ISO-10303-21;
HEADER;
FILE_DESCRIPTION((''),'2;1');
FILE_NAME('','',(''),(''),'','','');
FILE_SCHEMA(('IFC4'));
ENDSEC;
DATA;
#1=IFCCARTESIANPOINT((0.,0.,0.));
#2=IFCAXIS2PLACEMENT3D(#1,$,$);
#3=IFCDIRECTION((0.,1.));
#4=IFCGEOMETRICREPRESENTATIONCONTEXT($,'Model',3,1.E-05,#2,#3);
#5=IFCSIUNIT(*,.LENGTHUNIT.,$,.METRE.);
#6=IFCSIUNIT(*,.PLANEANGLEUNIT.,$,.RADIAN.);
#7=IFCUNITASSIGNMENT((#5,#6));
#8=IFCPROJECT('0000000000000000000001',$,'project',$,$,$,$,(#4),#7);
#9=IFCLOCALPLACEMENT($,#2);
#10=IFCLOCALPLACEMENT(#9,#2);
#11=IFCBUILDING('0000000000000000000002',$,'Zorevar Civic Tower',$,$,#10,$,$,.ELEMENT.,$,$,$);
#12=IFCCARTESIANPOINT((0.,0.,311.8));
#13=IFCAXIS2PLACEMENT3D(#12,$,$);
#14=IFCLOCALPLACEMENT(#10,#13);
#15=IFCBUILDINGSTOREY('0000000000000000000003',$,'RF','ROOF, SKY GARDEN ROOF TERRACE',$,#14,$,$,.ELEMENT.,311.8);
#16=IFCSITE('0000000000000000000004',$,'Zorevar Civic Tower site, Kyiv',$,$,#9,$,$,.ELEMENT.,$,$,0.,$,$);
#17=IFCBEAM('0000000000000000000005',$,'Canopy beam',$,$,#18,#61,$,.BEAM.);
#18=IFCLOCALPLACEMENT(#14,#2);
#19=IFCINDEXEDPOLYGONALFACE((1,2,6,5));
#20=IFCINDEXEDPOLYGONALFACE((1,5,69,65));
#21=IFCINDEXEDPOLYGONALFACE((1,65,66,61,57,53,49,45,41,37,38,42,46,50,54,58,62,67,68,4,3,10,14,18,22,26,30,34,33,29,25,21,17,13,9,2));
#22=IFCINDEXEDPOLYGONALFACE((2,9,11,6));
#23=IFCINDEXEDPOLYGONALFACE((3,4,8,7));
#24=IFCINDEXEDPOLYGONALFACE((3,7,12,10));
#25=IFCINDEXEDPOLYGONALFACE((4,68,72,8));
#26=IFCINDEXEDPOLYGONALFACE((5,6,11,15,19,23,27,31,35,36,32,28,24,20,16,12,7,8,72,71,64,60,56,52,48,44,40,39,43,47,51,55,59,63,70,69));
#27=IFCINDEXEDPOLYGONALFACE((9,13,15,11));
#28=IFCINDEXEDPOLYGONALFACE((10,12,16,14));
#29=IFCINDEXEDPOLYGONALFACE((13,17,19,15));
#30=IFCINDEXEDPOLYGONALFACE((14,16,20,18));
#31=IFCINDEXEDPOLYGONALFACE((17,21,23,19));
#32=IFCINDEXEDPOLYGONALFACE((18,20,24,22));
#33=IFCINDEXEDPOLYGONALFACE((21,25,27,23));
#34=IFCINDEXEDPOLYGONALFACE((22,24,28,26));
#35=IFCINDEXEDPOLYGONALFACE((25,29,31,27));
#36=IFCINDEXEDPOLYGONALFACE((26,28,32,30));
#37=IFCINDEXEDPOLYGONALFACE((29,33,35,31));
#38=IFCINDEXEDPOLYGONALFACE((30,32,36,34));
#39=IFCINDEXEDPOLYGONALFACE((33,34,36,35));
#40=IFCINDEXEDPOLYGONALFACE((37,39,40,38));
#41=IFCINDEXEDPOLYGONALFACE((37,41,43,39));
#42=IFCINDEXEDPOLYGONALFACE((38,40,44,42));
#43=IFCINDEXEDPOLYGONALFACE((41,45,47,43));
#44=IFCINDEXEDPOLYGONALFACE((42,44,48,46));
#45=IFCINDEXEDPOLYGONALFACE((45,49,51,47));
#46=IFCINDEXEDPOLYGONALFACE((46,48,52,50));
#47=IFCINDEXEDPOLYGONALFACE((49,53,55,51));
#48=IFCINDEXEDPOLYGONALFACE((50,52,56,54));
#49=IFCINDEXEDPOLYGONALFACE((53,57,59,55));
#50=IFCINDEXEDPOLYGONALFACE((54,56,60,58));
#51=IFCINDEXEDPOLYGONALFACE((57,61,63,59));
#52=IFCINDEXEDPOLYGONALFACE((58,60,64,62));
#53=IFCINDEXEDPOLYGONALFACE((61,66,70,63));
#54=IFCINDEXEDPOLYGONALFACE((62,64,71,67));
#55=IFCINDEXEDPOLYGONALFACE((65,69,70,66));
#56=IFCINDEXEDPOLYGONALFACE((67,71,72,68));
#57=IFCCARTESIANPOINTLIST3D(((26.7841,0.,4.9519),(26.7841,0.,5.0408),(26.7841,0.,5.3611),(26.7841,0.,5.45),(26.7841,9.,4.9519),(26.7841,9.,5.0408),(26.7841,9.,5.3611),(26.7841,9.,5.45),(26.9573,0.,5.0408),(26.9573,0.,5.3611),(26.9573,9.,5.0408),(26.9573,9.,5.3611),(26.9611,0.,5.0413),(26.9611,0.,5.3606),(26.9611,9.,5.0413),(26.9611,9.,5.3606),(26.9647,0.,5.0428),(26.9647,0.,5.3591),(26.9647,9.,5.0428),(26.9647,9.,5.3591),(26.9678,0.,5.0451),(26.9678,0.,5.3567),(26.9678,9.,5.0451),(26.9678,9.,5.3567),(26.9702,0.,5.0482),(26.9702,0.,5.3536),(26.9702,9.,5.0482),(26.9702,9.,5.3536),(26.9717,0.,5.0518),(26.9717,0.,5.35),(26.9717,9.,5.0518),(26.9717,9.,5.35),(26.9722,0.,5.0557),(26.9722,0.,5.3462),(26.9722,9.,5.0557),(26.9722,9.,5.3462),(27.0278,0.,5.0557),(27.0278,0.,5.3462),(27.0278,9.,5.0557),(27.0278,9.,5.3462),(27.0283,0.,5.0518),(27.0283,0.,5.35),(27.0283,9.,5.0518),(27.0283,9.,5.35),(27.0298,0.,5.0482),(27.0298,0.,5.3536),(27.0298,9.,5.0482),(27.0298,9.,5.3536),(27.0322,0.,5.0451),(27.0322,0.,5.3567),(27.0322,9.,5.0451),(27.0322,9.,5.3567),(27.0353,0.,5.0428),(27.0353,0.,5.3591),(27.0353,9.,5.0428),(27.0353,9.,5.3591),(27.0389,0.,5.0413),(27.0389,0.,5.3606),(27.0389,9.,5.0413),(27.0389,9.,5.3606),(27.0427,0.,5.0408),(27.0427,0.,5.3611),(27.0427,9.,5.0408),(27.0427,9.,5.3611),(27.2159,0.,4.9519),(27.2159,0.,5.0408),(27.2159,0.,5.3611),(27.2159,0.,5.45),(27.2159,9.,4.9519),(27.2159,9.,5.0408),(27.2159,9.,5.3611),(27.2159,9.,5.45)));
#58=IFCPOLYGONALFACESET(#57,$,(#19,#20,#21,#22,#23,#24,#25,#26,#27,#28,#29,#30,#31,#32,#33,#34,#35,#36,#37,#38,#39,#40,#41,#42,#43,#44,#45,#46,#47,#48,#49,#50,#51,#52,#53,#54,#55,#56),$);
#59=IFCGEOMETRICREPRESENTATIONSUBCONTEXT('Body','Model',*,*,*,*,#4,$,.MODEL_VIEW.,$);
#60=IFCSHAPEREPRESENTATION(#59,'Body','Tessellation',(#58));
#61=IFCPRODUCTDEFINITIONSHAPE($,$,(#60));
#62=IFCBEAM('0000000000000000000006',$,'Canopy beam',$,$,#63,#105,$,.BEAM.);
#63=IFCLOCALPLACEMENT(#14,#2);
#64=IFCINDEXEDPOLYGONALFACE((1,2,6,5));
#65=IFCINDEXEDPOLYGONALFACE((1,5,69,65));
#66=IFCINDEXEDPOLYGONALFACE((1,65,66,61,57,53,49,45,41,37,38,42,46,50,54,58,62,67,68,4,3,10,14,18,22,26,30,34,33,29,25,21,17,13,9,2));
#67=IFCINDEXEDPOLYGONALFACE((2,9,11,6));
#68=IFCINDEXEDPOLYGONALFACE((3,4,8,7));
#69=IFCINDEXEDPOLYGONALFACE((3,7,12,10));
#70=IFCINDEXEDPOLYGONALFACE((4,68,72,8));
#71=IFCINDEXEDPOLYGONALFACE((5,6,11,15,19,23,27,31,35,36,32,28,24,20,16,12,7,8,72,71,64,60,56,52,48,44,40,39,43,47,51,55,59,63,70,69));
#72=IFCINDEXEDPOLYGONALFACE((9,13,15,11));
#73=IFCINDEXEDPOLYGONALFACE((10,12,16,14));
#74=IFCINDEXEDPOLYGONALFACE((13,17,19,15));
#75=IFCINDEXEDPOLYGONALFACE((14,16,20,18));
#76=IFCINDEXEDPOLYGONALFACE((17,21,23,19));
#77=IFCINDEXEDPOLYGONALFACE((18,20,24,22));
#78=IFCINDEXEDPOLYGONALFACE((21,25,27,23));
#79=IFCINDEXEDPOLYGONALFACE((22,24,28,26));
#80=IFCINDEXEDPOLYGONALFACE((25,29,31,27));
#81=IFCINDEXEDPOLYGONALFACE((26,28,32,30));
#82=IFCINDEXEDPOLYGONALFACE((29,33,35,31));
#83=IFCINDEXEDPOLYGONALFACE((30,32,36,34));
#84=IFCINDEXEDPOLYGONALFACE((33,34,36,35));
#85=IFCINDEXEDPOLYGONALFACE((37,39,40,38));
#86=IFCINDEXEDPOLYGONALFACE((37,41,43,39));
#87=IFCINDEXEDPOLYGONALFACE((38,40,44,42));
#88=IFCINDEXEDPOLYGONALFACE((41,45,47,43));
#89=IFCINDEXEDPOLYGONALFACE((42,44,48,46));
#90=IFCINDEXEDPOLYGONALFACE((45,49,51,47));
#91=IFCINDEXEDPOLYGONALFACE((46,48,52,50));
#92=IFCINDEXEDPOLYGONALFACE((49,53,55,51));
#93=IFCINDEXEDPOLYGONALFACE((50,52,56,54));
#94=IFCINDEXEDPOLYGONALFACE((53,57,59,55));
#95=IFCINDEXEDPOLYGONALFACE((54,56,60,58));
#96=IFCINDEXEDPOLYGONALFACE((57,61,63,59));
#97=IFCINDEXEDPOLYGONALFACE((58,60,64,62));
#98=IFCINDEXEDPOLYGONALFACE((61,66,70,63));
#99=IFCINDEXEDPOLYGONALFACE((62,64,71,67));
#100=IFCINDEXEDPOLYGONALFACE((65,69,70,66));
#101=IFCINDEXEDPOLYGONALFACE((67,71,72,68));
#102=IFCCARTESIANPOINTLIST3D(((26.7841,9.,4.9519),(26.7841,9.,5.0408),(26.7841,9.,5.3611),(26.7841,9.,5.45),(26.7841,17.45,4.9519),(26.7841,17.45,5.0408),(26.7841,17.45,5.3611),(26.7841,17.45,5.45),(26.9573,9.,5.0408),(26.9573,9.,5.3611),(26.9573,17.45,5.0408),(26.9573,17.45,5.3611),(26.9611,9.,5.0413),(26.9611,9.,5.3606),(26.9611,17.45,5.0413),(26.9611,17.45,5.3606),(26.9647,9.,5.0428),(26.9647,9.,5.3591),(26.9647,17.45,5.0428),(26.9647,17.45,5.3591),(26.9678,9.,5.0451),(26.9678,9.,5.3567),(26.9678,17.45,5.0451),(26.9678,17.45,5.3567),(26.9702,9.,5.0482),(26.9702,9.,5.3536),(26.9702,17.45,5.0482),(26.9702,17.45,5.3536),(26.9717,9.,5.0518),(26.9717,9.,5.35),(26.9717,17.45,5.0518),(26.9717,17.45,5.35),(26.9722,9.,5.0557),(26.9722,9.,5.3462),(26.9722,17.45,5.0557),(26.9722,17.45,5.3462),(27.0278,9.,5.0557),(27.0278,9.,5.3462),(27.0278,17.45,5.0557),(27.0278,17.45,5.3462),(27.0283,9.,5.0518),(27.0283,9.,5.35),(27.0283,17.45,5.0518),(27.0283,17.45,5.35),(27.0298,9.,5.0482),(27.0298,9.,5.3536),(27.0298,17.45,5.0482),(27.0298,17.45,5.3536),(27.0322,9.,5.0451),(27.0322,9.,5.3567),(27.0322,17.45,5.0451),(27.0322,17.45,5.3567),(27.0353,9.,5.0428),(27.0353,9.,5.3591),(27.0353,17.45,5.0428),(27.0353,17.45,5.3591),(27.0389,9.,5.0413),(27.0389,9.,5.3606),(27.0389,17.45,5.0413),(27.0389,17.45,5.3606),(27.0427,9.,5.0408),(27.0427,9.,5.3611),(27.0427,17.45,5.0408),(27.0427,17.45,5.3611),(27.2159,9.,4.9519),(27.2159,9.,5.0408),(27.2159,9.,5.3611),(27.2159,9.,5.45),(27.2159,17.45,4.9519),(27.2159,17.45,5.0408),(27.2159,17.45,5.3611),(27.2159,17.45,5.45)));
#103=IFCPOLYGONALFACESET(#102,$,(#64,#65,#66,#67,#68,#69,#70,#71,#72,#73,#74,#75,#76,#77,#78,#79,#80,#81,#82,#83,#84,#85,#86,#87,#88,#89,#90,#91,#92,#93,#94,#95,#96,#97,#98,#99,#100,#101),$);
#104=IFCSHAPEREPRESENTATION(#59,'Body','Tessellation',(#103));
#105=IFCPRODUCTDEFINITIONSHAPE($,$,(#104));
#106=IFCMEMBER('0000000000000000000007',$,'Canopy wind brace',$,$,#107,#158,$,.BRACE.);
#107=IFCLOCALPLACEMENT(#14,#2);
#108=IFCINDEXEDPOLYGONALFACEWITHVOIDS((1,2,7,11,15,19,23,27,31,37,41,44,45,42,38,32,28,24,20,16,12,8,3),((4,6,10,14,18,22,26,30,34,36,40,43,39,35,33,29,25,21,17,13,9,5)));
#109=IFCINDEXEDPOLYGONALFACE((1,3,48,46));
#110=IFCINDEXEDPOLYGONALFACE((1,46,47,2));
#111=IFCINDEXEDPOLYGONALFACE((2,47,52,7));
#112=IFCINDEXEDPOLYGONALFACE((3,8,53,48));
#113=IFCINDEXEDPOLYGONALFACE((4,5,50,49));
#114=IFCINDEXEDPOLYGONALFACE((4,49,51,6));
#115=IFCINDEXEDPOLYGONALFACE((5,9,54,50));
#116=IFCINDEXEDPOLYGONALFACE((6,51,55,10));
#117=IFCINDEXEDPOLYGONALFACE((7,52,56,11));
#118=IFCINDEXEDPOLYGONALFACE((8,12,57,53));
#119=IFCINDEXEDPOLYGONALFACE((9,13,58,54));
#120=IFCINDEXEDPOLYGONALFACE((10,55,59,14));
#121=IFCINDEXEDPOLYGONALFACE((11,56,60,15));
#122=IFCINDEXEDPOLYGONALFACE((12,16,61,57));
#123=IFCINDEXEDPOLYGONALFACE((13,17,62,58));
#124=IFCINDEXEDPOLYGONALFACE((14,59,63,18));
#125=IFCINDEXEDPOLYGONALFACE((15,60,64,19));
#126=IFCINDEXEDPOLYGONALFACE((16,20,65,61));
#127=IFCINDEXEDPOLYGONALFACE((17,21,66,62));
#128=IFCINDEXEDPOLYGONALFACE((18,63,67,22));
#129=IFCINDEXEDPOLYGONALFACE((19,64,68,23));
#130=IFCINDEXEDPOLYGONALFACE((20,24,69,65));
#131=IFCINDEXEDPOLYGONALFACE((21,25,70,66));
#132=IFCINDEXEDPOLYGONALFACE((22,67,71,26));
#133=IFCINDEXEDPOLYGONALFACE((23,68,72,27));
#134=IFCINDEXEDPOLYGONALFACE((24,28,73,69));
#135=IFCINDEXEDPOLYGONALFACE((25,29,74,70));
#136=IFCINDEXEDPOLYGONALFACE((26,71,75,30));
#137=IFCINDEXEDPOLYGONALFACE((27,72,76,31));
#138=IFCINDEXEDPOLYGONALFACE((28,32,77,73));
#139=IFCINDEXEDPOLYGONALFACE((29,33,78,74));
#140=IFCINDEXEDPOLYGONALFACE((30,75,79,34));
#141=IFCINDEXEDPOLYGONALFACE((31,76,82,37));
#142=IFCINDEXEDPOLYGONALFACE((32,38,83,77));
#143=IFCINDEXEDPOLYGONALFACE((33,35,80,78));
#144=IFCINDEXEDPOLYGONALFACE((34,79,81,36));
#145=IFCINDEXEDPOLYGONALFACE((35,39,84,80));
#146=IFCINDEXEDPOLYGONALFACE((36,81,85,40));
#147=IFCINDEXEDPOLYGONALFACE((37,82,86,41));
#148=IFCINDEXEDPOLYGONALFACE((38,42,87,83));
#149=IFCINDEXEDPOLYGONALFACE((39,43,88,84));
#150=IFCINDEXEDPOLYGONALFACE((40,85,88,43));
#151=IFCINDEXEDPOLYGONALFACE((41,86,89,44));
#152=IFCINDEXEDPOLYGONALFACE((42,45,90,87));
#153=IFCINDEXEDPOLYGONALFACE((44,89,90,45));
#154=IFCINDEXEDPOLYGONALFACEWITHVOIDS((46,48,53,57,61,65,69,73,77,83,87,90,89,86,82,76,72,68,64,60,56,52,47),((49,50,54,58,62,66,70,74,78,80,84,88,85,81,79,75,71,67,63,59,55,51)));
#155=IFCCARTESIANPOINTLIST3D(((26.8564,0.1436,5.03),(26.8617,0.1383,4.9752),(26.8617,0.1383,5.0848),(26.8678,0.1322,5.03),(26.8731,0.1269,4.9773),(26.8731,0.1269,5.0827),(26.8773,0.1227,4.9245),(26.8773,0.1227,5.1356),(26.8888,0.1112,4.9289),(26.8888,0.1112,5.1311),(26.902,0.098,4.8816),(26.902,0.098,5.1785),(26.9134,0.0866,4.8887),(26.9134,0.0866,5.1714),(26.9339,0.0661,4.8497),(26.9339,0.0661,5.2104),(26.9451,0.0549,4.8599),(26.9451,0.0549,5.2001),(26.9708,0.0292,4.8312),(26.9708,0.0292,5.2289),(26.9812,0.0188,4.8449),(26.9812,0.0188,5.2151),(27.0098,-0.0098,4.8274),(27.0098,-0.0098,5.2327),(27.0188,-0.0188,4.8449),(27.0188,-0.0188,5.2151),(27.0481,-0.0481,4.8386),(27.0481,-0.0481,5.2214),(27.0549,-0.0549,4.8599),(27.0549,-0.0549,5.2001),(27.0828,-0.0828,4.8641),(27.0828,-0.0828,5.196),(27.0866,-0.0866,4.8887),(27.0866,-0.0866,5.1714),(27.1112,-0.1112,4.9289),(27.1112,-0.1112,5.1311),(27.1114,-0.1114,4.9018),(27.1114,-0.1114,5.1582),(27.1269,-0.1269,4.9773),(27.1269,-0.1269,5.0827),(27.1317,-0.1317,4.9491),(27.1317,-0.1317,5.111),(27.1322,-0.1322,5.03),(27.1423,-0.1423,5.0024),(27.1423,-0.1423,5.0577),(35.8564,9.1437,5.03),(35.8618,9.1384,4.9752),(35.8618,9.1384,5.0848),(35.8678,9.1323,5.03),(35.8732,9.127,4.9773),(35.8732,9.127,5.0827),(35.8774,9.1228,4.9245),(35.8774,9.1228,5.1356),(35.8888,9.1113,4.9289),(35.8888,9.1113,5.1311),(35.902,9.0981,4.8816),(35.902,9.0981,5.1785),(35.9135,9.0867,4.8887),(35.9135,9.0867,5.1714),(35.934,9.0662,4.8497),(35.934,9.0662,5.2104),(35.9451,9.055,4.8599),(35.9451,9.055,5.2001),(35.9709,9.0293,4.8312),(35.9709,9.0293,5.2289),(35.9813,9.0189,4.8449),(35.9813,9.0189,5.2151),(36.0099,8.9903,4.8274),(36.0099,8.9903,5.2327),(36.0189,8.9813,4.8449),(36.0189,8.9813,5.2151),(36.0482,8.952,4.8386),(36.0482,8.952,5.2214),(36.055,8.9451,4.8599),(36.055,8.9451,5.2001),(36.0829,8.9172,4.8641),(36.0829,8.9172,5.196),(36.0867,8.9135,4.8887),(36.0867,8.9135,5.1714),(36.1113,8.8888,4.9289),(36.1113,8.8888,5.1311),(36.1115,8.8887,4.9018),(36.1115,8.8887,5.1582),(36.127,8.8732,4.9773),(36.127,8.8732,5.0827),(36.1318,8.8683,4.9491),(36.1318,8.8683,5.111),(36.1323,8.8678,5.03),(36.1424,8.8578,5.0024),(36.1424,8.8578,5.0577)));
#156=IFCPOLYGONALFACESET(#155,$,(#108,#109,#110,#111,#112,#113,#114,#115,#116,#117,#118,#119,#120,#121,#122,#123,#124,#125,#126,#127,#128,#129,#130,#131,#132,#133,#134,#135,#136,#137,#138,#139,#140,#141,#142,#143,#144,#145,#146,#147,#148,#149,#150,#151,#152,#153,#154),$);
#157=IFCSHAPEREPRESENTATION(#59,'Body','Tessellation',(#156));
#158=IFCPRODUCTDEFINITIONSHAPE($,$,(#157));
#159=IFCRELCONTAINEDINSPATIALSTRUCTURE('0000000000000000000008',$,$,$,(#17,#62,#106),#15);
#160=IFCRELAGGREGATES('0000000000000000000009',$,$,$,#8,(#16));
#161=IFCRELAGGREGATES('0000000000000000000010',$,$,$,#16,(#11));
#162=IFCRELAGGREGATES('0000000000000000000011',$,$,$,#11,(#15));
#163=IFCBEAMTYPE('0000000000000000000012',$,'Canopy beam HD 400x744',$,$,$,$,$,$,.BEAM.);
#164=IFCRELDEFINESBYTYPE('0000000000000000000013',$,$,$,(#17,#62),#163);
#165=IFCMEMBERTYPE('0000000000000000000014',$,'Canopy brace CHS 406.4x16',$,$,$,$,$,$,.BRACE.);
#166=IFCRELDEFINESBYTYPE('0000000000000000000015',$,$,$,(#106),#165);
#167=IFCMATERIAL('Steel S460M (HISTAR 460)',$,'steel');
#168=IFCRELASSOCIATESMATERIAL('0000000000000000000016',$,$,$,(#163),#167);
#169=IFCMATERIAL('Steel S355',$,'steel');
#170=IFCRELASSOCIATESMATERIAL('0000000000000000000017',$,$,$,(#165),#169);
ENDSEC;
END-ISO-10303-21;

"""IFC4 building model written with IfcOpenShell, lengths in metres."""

from ifc_helpers import new_model, si_unit, direction, frame, origin, origin_2d, place, context, subcontext, project, spatial, hollow_circle, i_section, extrude, material, material_profile, profile_set, type_object, element, save


model = new_model("IFC4")

# Units and contexts
model_context = context("Model", 3, precision=1e-05, world=origin(), true_north=direction((0.0, 1.0)))
body_context = subcontext(model_context, "Body", "Model", "MODEL_VIEW")
ifc_project = project(units=[si_unit("LENGTHUNIT", "METRE"), si_unit("PLANEANGLEUNIT", "RADIAN")], contexts=[model_context])

# Site, building, storey
site_placement = place(None, origin())
site = spatial("IfcSite", under=ifc_project, at=site_placement, Name="Zorevar Civic Tower site, Kyiv", CompositionType="ELEMENT", RefElevation=0.0)
building_placement = place(site_placement, origin())
building = spatial("IfcBuilding", under=site, at=building_placement, Name="Zorevar Civic Tower", CompositionType="ELEMENT")
storey_placement = place(building_placement, frame((0.0, 0.0, 311.8)))
storey = spatial("IfcBuildingStorey", under=building, at=storey_placement, Name="RF", Description="ROOF, SKY GARDEN ROOF TERRACE", CompositionType="ELEMENT", Elevation=311.8)

# Beams
ifc_material_1 = material(Name="Steel S460M (HISTAR 460)", Category="steel")
ifc_material_profile_1 = material_profile(ifc_material_1, i_section(OverallWidth=0.4319, OverallDepth=0.498, WebThickness=0.0557, FlangeThickness=0.0889, FilletRadius=0.0149, at=origin_2d()), Name="HD 400x744")
ifc_profile_set_1 = profile_set([ifc_material_profile_1], Name="Steel S460M (HISTAR 460)")
beam_type = type_object("IfcBeamType", Name="Canopy beam HD 400x744", PredefinedType="BEAM", material=ifc_profile_set_1)
beam_1_placement = place(storey_placement, frame((27.0, 0.0, 5.2009), z_axis=(0.0, 1.0, 0.0), x_axis=(-1.0, 0.0, 0.0)))
element("IfcBeam", 1, at=beam_1_placement, inside=storey, type_object=beam_type, Name="Canopy beam", PredefinedType="BEAM", context=body_context, shape_type="SweptSolid", body=[
    extrude(i_section(OverallWidth=0.4319, OverallDepth=0.498, WebThickness=0.0557, FlangeThickness=0.0889, FilletRadius=0.0149, at=origin_2d()), origin(), (0.0, 0.0, 1.0), 9.0),
])
beam_2_placement = place(storey_placement, frame((27.0, 9.0, 5.2009), z_axis=(0.0, 1.0, 0.0), x_axis=(-1.0, 0.0, 0.0)))
element("IfcBeam", 2, at=beam_2_placement, inside=storey, type_object=beam_type, Name="Canopy beam", PredefinedType="BEAM", context=body_context, shape_type="SweptSolid", body=[
    extrude(i_section(OverallWidth=0.4319, OverallDepth=0.498, WebThickness=0.0557, FlangeThickness=0.0889, FilletRadius=0.0149, at=origin_2d()), origin(), (0.0, 0.0, 1.0), 8.45),
])

# Member
ifc_material_2 = material(Name="Steel S355", Category="steel")
ifc_material_profile_2 = material_profile(ifc_material_2, hollow_circle(Radius=0.2031, WallThickness=0.0161, at=origin_2d()), Name="CHS 406.4x16")
ifc_profile_set_2 = profile_set([ifc_material_profile_2], Name="Steel S355")
member_type_1 = type_object("IfcMemberType", Name="Canopy brace CHS 406.4x16", PredefinedType="BRACE", material=ifc_profile_set_2)
member_1_placement = place(storey_placement, frame((27.0, 0.0, 5.03), z_axis=(0.707107, 0.707107, 0.0), x_axis=(-0.707107, 0.707107, 0.0)))
element("IfcMember", 3, at=member_1_placement, inside=storey, type_object=member_type_1, Name="Canopy wind brace", PredefinedType="BRACE", context=body_context, shape_type="SweptSolid", body=[
    extrude(hollow_circle(Radius=0.2031, WallThickness=0.0161, at=origin_2d()), origin(), (0.0, 0.0, 1.0), 12.728),
])

save(model, "model.ifc")
